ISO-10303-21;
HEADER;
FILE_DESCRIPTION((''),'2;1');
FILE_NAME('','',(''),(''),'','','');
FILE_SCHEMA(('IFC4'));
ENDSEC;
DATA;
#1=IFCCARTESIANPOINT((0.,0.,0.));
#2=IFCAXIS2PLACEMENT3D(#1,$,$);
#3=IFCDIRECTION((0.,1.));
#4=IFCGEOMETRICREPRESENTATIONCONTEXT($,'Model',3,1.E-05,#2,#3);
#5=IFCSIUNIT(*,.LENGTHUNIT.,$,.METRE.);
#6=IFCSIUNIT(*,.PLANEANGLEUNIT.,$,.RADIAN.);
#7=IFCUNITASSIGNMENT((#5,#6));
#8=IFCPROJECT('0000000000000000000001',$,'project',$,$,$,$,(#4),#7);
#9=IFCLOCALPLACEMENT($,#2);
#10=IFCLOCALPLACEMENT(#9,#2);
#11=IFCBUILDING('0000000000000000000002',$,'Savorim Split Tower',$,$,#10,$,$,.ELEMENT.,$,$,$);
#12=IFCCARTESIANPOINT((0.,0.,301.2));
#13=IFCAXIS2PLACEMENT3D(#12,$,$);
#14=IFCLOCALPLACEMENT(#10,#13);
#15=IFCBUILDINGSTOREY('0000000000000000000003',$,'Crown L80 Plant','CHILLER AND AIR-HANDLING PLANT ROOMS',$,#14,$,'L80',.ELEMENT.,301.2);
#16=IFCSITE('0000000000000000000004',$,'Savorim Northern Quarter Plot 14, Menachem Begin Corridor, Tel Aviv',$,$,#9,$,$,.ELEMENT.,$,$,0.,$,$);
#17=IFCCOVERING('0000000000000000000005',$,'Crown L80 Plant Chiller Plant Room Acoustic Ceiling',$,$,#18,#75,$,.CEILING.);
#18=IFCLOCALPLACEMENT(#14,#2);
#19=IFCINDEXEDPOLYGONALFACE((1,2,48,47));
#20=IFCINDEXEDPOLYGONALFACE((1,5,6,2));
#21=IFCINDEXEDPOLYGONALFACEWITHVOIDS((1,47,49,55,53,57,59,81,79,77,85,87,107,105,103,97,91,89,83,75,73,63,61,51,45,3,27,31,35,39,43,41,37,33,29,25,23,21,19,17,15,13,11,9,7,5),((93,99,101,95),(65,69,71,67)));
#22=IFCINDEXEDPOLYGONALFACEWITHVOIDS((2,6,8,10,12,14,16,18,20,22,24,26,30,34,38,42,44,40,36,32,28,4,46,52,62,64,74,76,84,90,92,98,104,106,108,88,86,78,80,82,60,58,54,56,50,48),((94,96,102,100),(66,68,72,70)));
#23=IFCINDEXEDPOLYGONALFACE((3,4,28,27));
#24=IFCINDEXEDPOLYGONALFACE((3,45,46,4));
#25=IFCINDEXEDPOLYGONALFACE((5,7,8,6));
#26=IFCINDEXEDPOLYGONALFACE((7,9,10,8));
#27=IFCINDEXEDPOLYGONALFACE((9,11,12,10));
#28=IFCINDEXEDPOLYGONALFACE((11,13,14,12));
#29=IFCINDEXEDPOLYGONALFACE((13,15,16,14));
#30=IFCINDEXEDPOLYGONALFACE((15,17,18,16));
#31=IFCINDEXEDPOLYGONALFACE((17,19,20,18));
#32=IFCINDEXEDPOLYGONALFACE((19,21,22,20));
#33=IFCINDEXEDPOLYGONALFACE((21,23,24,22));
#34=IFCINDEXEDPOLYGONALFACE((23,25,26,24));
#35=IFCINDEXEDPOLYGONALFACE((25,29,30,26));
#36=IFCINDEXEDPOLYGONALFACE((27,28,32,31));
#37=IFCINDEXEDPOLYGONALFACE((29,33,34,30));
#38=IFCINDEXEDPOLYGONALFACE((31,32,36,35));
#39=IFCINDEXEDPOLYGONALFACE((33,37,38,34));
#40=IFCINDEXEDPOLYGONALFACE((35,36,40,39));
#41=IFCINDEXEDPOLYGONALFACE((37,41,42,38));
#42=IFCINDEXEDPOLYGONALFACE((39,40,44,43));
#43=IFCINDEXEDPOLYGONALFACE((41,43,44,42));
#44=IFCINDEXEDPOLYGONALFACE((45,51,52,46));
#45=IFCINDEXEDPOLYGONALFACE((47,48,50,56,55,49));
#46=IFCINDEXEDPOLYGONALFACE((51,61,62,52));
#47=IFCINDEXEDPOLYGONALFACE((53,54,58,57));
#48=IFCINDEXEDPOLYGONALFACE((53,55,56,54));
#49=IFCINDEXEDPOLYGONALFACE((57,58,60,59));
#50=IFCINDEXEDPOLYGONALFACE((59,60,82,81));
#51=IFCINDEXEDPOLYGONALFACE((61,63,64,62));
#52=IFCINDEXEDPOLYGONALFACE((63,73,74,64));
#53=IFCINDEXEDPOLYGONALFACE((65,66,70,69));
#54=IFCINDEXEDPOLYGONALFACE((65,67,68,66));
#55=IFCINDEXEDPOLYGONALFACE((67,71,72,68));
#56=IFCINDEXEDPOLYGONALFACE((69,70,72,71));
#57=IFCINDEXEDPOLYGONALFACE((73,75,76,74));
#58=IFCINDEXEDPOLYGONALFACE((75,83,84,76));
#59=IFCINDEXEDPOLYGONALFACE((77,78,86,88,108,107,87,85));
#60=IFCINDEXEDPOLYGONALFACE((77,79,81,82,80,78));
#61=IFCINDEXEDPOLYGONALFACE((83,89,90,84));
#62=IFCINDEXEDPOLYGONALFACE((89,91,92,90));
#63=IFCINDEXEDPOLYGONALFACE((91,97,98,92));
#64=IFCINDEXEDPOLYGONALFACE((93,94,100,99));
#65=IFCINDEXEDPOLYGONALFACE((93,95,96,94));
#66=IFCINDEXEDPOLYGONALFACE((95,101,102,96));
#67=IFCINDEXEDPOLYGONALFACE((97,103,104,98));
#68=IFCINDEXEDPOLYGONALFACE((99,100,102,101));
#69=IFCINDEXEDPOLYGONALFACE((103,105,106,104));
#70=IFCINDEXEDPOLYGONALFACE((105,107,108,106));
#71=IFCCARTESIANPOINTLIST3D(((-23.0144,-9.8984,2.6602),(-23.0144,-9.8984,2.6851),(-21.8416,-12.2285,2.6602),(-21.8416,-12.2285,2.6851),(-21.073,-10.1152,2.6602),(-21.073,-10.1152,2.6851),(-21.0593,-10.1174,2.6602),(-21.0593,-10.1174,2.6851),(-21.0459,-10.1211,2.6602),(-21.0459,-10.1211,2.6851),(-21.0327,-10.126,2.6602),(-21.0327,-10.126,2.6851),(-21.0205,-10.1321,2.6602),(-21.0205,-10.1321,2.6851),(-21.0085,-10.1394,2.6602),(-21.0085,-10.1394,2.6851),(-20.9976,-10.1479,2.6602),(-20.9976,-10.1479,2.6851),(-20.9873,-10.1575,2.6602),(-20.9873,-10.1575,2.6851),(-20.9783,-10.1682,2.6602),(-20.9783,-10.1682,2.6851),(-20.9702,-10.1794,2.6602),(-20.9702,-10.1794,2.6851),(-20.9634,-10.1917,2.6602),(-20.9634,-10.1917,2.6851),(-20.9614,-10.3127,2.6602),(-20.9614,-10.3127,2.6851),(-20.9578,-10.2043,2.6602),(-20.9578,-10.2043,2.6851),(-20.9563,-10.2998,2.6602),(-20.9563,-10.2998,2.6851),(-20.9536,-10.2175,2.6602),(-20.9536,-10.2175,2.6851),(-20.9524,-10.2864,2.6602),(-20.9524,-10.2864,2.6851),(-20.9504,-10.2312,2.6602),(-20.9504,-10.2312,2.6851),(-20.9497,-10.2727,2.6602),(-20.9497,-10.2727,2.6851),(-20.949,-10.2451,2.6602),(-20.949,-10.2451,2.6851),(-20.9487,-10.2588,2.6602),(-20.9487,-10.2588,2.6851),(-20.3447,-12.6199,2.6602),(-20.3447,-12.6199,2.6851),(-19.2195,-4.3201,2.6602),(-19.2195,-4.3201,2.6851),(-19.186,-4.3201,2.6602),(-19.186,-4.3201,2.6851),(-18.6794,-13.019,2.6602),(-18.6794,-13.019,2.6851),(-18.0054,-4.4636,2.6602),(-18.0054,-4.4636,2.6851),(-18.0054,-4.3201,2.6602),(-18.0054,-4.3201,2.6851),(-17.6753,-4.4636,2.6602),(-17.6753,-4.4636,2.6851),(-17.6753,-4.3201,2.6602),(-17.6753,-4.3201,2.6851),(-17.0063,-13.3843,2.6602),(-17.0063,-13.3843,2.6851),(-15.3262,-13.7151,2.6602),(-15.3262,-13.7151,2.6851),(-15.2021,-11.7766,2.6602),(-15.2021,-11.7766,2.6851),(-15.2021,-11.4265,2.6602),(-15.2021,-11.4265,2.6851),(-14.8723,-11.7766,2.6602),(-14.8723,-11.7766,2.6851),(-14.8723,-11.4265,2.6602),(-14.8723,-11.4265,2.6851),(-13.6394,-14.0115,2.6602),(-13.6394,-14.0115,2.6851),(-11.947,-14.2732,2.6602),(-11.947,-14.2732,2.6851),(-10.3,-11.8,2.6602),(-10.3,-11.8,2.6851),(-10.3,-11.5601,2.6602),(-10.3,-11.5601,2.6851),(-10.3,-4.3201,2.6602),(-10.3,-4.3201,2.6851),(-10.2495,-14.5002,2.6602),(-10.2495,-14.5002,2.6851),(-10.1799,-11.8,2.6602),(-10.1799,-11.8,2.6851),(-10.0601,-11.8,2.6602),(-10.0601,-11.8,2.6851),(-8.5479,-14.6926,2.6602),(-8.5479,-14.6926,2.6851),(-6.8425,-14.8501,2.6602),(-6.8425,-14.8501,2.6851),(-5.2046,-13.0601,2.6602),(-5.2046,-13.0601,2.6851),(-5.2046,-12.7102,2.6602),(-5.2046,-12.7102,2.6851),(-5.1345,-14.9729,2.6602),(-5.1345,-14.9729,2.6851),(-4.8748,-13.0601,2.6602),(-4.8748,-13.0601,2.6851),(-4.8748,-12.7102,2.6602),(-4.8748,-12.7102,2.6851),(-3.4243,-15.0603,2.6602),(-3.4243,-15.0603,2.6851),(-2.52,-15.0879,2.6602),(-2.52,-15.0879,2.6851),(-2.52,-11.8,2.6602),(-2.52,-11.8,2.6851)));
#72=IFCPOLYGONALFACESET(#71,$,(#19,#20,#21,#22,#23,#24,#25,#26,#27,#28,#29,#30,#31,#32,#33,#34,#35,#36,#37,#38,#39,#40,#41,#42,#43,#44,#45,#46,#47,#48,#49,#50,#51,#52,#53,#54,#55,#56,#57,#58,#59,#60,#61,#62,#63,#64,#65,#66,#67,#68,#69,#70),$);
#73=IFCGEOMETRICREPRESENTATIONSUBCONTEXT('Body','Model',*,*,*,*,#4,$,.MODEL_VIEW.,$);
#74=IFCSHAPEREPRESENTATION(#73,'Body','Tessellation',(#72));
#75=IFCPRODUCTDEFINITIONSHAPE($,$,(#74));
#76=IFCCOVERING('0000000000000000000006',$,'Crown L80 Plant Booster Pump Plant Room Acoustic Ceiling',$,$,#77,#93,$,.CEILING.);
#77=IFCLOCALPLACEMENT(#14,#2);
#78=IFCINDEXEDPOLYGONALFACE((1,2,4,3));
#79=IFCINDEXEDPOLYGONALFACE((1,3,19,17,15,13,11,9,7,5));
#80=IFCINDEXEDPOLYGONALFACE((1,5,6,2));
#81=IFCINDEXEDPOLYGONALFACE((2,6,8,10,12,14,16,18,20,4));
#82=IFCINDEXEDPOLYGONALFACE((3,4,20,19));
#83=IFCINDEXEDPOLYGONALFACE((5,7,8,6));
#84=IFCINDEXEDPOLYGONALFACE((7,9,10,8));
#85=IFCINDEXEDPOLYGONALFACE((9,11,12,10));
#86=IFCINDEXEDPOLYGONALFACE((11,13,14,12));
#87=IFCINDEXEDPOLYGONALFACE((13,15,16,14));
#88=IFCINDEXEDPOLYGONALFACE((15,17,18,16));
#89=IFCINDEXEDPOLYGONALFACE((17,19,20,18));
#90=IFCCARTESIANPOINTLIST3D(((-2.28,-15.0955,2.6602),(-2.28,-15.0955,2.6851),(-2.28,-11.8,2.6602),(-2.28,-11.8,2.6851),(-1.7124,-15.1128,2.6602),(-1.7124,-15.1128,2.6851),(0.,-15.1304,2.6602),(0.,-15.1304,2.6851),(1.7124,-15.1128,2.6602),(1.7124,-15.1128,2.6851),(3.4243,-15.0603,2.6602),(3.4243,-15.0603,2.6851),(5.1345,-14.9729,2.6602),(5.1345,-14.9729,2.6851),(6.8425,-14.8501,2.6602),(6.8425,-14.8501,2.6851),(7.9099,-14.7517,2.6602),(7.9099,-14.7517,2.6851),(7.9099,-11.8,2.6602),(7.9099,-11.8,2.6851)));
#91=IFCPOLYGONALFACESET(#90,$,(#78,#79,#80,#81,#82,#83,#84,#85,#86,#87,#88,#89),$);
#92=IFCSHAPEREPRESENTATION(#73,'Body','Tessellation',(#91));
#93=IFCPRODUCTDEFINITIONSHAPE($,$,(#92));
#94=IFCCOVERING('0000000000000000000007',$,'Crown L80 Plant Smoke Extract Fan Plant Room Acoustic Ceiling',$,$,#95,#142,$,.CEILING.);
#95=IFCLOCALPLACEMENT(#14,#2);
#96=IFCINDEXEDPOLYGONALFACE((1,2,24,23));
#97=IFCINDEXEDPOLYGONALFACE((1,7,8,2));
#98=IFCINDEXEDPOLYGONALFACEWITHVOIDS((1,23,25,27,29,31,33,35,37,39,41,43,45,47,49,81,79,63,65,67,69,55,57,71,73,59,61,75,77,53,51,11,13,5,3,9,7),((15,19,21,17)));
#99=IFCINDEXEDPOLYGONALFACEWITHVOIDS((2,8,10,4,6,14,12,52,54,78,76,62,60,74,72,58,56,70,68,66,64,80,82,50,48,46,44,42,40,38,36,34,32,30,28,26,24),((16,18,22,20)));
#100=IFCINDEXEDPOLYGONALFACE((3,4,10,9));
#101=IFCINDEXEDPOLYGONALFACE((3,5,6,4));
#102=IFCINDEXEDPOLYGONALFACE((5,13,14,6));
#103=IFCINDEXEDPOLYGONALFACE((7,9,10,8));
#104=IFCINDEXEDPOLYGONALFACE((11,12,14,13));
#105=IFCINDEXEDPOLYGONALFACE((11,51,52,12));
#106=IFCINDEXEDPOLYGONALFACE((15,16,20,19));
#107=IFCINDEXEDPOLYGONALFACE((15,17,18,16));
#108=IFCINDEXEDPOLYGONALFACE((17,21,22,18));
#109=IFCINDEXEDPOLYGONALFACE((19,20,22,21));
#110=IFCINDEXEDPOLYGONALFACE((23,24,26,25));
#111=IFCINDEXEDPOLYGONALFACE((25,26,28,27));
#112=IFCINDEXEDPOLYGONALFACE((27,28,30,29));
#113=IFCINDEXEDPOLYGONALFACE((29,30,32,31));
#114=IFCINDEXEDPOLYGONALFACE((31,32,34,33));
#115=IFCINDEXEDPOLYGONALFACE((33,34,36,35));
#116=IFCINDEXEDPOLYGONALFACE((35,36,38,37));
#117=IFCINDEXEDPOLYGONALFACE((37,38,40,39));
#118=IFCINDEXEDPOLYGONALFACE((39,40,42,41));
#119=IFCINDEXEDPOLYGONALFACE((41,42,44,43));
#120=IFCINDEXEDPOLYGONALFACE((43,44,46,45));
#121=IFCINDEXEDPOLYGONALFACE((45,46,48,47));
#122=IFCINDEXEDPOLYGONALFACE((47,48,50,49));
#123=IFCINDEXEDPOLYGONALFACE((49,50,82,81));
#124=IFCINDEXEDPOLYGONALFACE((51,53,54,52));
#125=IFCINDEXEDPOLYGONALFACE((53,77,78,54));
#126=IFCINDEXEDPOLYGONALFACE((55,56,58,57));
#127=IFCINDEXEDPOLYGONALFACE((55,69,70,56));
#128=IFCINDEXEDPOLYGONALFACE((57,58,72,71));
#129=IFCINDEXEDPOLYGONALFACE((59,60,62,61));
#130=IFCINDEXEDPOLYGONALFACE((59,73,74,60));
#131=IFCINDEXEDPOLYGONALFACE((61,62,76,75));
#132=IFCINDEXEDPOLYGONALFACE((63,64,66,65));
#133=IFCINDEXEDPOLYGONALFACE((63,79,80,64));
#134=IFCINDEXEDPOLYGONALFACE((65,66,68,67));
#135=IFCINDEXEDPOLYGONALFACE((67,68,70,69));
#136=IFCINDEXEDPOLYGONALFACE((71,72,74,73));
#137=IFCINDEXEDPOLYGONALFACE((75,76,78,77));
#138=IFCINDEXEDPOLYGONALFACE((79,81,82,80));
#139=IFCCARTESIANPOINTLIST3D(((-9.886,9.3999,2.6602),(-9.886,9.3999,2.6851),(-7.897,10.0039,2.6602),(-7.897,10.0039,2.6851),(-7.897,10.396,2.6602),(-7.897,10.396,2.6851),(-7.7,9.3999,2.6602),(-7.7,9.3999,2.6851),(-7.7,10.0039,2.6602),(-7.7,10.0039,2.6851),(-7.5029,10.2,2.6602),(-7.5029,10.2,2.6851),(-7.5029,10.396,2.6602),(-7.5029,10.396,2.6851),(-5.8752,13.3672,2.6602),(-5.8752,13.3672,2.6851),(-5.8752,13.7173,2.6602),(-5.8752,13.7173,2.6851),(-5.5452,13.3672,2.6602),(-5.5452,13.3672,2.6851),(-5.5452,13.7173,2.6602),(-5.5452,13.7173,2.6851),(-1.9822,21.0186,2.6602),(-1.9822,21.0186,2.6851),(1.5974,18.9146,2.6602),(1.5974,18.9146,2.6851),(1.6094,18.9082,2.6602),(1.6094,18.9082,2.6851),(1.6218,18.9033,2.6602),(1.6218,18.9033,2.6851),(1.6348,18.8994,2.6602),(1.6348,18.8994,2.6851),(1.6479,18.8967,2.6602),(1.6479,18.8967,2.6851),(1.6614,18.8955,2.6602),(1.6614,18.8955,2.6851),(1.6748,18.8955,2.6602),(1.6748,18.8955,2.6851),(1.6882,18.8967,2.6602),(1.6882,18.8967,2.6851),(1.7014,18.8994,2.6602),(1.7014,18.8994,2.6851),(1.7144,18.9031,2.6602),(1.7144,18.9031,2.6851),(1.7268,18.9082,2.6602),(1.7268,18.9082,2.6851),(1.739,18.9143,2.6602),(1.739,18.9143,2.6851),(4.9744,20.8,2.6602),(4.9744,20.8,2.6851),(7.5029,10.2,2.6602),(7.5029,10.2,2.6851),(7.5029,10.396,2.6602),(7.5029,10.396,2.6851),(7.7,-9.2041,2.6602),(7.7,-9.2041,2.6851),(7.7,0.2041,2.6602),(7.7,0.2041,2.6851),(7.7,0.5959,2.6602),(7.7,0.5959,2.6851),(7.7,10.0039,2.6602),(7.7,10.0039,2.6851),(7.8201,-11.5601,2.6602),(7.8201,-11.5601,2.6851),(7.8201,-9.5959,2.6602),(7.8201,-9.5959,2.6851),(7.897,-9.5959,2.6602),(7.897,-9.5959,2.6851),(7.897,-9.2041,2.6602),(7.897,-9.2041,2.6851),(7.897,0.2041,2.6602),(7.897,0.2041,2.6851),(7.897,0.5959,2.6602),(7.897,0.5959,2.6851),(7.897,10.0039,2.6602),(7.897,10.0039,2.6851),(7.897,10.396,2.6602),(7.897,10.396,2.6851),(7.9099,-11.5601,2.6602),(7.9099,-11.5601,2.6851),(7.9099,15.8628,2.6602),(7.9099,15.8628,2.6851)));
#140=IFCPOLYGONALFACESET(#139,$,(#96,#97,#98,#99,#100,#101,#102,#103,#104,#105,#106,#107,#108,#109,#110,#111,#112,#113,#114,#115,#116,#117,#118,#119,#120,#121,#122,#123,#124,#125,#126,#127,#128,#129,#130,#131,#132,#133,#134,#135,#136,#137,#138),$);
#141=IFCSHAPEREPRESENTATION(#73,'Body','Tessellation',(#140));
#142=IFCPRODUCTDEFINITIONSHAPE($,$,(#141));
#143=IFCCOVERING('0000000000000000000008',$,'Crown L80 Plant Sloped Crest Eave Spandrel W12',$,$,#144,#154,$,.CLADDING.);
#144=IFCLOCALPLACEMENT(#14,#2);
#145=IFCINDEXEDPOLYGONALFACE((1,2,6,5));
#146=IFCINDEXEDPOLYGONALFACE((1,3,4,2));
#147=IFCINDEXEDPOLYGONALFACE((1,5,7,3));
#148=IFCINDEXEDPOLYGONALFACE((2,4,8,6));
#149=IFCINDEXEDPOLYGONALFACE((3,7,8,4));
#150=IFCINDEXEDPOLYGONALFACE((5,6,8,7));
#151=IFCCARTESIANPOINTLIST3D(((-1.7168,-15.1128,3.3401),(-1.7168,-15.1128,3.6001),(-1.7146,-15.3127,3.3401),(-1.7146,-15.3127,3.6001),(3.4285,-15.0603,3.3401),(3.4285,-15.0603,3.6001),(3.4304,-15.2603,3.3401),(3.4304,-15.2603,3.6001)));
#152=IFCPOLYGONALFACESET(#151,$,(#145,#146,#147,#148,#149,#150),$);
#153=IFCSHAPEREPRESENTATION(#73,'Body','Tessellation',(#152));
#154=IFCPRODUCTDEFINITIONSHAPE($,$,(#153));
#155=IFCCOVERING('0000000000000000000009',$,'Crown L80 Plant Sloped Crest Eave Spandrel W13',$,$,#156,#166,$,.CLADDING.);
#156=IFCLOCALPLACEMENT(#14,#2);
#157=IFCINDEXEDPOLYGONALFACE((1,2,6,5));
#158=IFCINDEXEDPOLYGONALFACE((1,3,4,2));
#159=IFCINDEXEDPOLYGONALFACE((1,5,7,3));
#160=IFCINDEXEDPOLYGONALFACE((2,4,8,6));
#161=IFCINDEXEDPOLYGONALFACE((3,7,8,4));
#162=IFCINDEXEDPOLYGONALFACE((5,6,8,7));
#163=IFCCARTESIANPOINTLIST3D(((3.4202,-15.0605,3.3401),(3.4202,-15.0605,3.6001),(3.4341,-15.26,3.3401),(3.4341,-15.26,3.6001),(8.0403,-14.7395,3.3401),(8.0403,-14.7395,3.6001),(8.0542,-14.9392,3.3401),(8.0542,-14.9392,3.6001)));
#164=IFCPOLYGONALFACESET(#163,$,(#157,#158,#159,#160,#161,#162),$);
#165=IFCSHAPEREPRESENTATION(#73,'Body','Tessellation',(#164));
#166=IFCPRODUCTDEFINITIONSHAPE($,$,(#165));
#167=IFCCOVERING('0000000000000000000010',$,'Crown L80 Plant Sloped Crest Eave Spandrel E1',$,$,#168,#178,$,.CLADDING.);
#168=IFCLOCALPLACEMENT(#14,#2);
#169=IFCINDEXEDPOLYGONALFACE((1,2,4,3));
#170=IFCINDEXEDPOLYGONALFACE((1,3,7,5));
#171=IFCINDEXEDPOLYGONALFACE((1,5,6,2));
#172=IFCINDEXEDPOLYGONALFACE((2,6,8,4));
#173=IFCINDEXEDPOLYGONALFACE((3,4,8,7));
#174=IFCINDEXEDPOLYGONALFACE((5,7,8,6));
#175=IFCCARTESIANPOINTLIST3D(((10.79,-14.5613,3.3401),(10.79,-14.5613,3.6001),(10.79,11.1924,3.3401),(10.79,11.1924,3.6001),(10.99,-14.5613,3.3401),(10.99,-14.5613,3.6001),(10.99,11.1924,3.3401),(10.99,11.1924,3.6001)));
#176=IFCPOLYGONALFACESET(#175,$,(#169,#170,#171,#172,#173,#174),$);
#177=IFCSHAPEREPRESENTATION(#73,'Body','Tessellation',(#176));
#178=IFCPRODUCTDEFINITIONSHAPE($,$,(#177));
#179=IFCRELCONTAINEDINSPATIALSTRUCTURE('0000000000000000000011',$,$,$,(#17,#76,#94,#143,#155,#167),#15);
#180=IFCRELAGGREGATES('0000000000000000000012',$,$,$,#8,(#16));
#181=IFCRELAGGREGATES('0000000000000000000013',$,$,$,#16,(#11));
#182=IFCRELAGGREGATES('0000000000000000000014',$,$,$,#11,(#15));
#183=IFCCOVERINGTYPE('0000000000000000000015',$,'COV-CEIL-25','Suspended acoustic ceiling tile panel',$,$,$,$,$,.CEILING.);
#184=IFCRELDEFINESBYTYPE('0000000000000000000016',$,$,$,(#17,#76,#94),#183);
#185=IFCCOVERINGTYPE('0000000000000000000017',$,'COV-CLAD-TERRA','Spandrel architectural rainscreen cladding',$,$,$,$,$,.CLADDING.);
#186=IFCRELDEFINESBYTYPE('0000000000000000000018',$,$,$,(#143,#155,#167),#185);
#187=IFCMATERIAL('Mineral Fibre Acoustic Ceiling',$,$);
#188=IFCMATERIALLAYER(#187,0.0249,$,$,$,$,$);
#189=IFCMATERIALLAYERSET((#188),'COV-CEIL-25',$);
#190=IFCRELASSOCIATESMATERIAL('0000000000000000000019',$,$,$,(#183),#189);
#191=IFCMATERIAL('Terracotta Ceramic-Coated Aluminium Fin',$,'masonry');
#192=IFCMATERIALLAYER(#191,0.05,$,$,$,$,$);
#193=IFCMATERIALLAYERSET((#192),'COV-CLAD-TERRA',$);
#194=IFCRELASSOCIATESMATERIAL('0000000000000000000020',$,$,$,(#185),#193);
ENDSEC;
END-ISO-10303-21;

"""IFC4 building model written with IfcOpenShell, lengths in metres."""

from ifc_helpers import new_model, si_unit, direction, frame, origin, place, context, subcontext, project, spatial, polyline, outline, extrude, material, layer, layer_set, type_object, element, save


model = new_model("IFC4")

# Units and contexts
model_context = context("Model", 3, precision=1e-05, world=origin(), true_north=direction((0.0, 1.0)))
body_context = subcontext(model_context, "Body", "Model", "MODEL_VIEW")
ifc_project = project(units=[si_unit("LENGTHUNIT", "METRE"), si_unit("PLANEANGLEUNIT", "RADIAN")], contexts=[model_context])

# Site, building, storey
site_placement = place(None, origin())
site = spatial("IfcSite", under=ifc_project, at=site_placement, Name="Savorim Northern Quarter Plot 14, Menachem Begin Corridor, Tel Aviv", CompositionType="ELEMENT", RefElevation=0.0)
building_placement = place(site_placement, origin())
building = spatial("IfcBuilding", under=site, at=building_placement, Name="Savorim Split Tower", CompositionType="ELEMENT")
storey_placement = place(building_placement, frame((0.0, 0.0, 301.2)))
storey = spatial("IfcBuildingStorey", under=building, at=storey_placement, Name="Crown L80 Plant", Description="CHILLER AND AIR-HANDLING PLANT ROOMS", LongName="L80", CompositionType="ELEMENT", Elevation=301.2)

# Coverings
ifc_material_1 = material(Name="Mineral Fibre Acoustic Ceiling")
ifc_layer_1 = layer(ifc_material_1, 0.0249)
ifc_layer_set_1 = layer_set([ifc_layer_1], Name="COV-CEIL-25")
covering_type_1 = type_object("IfcCoveringType", Name="COV-CEIL-25", Description="Suspended acoustic ceiling tile panel", PredefinedType="CEILING", material=ifc_layer_set_1)
covering_1_placement = place(storey_placement, frame((0.0, 0.0, 2.6602)))
element("IfcCovering", 1, at=covering_1_placement, inside=storey, type_object=covering_type_1, Name="Crown L80 Plant Chiller Plant Room Acoustic Ceiling", PredefinedType="CEILING", context=body_context, shape_type="SweptSolid", body=[
    extrude(outline(polyline([(-6.8425, -14.8501), (-5.1345, -14.9729), (-3.4243, -15.0603), (-2.52, -15.0879), (-2.52, -11.8), (-10.0601, -11.8), (-10.1799, -11.8), (-10.3, -11.8), (-10.3, -11.5601), (-10.3, -4.3201), (-17.6753, -4.3201), (-17.6753, -4.4636), (-18.0054, -4.4636), (-18.0054, -4.3201), (-19.186, -4.3201), (-19.2195, -4.3201), (-23.0144, -9.8984), (-21.073, -10.1152), (-21.0593, -10.1174), (-21.0459, -10.1211), (-21.0327, -10.126), (-21.0205, -10.1321), (-21.0085, -10.1394), (-20.9976, -10.1479), (-20.9873, -10.1575), (-20.9783, -10.1682), (-20.9702, -10.1794), (-20.9634, -10.1917), (-20.9578, -10.2043), (-20.9536, -10.2175), (-20.9504, -10.2312), (-20.949, -10.2451), (-20.9487, -10.2588), (-20.9497, -10.2727), (-20.9524, -10.2864), (-20.9563, -10.2998), (-20.9614, -10.3127), (-21.8416, -12.2285), (-20.3447, -12.6199), (-18.6794, -13.019), (-17.0063, -13.3843), (-15.3262, -13.7151), (-13.6394, -14.0115), (-11.947, -14.2732), (-10.2495, -14.5002), (-8.5479, -14.6926), (-6.8425, -14.8501)]), holes=[polyline([(-14.8723, -11.7766), (-14.8723, -11.4265), (-15.2021, -11.4265), (-15.2021, -11.7766), (-14.8723, -11.7766)]), polyline([(-4.8748, -13.0601), (-4.8748, -12.7102), (-5.2046, -12.7102), (-5.2046, -13.0601), (-4.8748, -13.0601)])]), origin(), (0.0, 0.0, 1.0), 0.0249),
])
covering_2_placement = place(storey_placement, frame((0.0, 0.0, 2.6602)))
element("IfcCovering", 2, at=covering_2_placement, inside=storey, type_object=covering_type_1, Name="Crown L80 Plant Booster Pump Plant Room Acoustic Ceiling", PredefinedType="CEILING", context=body_context, shape_type="SweptSolid", body=[
    extrude(outline(polyline([(3.4243, -15.0603), (5.1345, -14.9729), (6.8425, -14.8501), (7.9099, -14.7517), (7.9099, -11.8), (-2.28, -11.8), (-2.28, -15.0955), (-1.7124, -15.1128), (0.0, -15.1304), (1.7124, -15.1128), (3.4243, -15.0603)])), origin(), (0.0, 0.0, 1.0), 0.0249),
])
covering_3_placement = place(storey_placement, frame((0.0, 0.0, 2.6602)))
element("IfcCovering", 3, at=covering_3_placement, inside=storey, type_object=covering_type_1, Name="Crown L80 Plant Smoke Extract Fan Plant Room Acoustic Ceiling", PredefinedType="CEILING", context=body_context, shape_type="SweptSolid", body=[
    extrude(outline(polyline([(1.6094, 18.9082), (1.5974, 18.9146), (-1.9822, 21.0186), (-9.886, 9.3999), (-7.7, 9.3999), (-7.7, 10.0039), (-7.897, 10.0039), (-7.897, 10.396), (-7.5029, 10.396), (-7.5029, 10.2), (7.5029, 10.2), (7.5029, 10.396), (7.897, 10.396), (7.897, 10.0039), (7.7, 10.0039), (7.7, 0.5959), (7.897, 0.5959), (7.897, 0.2041), (7.7, 0.2041), (7.7, -9.2041), (7.897, -9.2041), (7.897, -9.5959), (7.8201, -9.5959), (7.8201, -11.5601), (7.9099, -11.5601), (7.9099, 15.8628), (4.9744, 20.8), (1.739, 18.9143), (1.7268, 18.9082), (1.7144, 18.9031), (1.7014, 18.8994), (1.6882, 18.8967), (1.6748, 18.8955), (1.6614, 18.8955), (1.6479, 18.8967), (1.6348, 18.8994), (1.6218, 18.9033), (1.6094, 18.9082)]), holes=[polyline([(-5.5452, 13.7173), (-5.8752, 13.7173), (-5.8752, 13.3672), (-5.5452, 13.3672), (-5.5452, 13.7173)])]), origin(), (0.0, 0.0, 1.0), 0.0249),
])
ifc_material_2 = material(Name="Terracotta Ceramic-Coated Aluminium Fin", Category="masonry")
ifc_layer_2 = layer(ifc_material_2, 0.05)
ifc_layer_set_2 = layer_set([ifc_layer_2], Name="COV-CLAD-TERRA")
covering_type_2 = type_object("IfcCoveringType", Name="COV-CLAD-TERRA", Description="Spandrel architectural rainscreen cladding", PredefinedType="CLADDING", material=ifc_layer_set_2)
covering_4_placement = place(storey_placement, frame((0.0, 0.0, 3.3401)))
element("IfcCovering", 4, at=covering_4_placement, inside=storey, type_object=covering_type_2, Name="Crown L80 Plant Sloped Crest Eave Spandrel W12", PredefinedType="CLADDING", context=body_context, shape_type="SweptSolid", body=[
    extrude(outline(polyline([(-1.7146, -15.3127), (3.4304, -15.2603), (3.4285, -15.0603), (-1.7168, -15.1128), (-1.7146, -15.3127)])), origin(), (0.0, 0.0, 1.0), 0.26),
])
covering_5_placement = place(storey_placement, frame((0.0, 0.0, 3.3401)))
element("IfcCovering", 5, at=covering_5_placement, inside=storey, type_object=covering_type_2, Name="Crown L80 Plant Sloped Crest Eave Spandrel W13", PredefinedType="CLADDING", context=body_context, shape_type="SweptSolid", body=[
    extrude(outline(polyline([(3.4341, -15.26), (8.0542, -14.9392), (8.0403, -14.7395), (3.4202, -15.0605), (3.4341, -15.26)])), origin(), (0.0, 0.0, 1.0), 0.26),
])
covering_6_placement = place(storey_placement, frame((0.0, 0.0, 3.3401)))
element("IfcCovering", 6, at=covering_6_placement, inside=storey, type_object=covering_type_2, Name="Crown L80 Plant Sloped Crest Eave Spandrel E1", PredefinedType="CLADDING", context=body_context, shape_type="SweptSolid", body=[
    extrude(outline(polyline([(10.79, 11.1924), (10.79, -14.5613), (10.99, -14.5613), (10.99, 11.1924), (10.79, 11.1924)])), origin(), (0.0, 0.0, 1.0), 0.26),
])

save(model, "model.ifc")
